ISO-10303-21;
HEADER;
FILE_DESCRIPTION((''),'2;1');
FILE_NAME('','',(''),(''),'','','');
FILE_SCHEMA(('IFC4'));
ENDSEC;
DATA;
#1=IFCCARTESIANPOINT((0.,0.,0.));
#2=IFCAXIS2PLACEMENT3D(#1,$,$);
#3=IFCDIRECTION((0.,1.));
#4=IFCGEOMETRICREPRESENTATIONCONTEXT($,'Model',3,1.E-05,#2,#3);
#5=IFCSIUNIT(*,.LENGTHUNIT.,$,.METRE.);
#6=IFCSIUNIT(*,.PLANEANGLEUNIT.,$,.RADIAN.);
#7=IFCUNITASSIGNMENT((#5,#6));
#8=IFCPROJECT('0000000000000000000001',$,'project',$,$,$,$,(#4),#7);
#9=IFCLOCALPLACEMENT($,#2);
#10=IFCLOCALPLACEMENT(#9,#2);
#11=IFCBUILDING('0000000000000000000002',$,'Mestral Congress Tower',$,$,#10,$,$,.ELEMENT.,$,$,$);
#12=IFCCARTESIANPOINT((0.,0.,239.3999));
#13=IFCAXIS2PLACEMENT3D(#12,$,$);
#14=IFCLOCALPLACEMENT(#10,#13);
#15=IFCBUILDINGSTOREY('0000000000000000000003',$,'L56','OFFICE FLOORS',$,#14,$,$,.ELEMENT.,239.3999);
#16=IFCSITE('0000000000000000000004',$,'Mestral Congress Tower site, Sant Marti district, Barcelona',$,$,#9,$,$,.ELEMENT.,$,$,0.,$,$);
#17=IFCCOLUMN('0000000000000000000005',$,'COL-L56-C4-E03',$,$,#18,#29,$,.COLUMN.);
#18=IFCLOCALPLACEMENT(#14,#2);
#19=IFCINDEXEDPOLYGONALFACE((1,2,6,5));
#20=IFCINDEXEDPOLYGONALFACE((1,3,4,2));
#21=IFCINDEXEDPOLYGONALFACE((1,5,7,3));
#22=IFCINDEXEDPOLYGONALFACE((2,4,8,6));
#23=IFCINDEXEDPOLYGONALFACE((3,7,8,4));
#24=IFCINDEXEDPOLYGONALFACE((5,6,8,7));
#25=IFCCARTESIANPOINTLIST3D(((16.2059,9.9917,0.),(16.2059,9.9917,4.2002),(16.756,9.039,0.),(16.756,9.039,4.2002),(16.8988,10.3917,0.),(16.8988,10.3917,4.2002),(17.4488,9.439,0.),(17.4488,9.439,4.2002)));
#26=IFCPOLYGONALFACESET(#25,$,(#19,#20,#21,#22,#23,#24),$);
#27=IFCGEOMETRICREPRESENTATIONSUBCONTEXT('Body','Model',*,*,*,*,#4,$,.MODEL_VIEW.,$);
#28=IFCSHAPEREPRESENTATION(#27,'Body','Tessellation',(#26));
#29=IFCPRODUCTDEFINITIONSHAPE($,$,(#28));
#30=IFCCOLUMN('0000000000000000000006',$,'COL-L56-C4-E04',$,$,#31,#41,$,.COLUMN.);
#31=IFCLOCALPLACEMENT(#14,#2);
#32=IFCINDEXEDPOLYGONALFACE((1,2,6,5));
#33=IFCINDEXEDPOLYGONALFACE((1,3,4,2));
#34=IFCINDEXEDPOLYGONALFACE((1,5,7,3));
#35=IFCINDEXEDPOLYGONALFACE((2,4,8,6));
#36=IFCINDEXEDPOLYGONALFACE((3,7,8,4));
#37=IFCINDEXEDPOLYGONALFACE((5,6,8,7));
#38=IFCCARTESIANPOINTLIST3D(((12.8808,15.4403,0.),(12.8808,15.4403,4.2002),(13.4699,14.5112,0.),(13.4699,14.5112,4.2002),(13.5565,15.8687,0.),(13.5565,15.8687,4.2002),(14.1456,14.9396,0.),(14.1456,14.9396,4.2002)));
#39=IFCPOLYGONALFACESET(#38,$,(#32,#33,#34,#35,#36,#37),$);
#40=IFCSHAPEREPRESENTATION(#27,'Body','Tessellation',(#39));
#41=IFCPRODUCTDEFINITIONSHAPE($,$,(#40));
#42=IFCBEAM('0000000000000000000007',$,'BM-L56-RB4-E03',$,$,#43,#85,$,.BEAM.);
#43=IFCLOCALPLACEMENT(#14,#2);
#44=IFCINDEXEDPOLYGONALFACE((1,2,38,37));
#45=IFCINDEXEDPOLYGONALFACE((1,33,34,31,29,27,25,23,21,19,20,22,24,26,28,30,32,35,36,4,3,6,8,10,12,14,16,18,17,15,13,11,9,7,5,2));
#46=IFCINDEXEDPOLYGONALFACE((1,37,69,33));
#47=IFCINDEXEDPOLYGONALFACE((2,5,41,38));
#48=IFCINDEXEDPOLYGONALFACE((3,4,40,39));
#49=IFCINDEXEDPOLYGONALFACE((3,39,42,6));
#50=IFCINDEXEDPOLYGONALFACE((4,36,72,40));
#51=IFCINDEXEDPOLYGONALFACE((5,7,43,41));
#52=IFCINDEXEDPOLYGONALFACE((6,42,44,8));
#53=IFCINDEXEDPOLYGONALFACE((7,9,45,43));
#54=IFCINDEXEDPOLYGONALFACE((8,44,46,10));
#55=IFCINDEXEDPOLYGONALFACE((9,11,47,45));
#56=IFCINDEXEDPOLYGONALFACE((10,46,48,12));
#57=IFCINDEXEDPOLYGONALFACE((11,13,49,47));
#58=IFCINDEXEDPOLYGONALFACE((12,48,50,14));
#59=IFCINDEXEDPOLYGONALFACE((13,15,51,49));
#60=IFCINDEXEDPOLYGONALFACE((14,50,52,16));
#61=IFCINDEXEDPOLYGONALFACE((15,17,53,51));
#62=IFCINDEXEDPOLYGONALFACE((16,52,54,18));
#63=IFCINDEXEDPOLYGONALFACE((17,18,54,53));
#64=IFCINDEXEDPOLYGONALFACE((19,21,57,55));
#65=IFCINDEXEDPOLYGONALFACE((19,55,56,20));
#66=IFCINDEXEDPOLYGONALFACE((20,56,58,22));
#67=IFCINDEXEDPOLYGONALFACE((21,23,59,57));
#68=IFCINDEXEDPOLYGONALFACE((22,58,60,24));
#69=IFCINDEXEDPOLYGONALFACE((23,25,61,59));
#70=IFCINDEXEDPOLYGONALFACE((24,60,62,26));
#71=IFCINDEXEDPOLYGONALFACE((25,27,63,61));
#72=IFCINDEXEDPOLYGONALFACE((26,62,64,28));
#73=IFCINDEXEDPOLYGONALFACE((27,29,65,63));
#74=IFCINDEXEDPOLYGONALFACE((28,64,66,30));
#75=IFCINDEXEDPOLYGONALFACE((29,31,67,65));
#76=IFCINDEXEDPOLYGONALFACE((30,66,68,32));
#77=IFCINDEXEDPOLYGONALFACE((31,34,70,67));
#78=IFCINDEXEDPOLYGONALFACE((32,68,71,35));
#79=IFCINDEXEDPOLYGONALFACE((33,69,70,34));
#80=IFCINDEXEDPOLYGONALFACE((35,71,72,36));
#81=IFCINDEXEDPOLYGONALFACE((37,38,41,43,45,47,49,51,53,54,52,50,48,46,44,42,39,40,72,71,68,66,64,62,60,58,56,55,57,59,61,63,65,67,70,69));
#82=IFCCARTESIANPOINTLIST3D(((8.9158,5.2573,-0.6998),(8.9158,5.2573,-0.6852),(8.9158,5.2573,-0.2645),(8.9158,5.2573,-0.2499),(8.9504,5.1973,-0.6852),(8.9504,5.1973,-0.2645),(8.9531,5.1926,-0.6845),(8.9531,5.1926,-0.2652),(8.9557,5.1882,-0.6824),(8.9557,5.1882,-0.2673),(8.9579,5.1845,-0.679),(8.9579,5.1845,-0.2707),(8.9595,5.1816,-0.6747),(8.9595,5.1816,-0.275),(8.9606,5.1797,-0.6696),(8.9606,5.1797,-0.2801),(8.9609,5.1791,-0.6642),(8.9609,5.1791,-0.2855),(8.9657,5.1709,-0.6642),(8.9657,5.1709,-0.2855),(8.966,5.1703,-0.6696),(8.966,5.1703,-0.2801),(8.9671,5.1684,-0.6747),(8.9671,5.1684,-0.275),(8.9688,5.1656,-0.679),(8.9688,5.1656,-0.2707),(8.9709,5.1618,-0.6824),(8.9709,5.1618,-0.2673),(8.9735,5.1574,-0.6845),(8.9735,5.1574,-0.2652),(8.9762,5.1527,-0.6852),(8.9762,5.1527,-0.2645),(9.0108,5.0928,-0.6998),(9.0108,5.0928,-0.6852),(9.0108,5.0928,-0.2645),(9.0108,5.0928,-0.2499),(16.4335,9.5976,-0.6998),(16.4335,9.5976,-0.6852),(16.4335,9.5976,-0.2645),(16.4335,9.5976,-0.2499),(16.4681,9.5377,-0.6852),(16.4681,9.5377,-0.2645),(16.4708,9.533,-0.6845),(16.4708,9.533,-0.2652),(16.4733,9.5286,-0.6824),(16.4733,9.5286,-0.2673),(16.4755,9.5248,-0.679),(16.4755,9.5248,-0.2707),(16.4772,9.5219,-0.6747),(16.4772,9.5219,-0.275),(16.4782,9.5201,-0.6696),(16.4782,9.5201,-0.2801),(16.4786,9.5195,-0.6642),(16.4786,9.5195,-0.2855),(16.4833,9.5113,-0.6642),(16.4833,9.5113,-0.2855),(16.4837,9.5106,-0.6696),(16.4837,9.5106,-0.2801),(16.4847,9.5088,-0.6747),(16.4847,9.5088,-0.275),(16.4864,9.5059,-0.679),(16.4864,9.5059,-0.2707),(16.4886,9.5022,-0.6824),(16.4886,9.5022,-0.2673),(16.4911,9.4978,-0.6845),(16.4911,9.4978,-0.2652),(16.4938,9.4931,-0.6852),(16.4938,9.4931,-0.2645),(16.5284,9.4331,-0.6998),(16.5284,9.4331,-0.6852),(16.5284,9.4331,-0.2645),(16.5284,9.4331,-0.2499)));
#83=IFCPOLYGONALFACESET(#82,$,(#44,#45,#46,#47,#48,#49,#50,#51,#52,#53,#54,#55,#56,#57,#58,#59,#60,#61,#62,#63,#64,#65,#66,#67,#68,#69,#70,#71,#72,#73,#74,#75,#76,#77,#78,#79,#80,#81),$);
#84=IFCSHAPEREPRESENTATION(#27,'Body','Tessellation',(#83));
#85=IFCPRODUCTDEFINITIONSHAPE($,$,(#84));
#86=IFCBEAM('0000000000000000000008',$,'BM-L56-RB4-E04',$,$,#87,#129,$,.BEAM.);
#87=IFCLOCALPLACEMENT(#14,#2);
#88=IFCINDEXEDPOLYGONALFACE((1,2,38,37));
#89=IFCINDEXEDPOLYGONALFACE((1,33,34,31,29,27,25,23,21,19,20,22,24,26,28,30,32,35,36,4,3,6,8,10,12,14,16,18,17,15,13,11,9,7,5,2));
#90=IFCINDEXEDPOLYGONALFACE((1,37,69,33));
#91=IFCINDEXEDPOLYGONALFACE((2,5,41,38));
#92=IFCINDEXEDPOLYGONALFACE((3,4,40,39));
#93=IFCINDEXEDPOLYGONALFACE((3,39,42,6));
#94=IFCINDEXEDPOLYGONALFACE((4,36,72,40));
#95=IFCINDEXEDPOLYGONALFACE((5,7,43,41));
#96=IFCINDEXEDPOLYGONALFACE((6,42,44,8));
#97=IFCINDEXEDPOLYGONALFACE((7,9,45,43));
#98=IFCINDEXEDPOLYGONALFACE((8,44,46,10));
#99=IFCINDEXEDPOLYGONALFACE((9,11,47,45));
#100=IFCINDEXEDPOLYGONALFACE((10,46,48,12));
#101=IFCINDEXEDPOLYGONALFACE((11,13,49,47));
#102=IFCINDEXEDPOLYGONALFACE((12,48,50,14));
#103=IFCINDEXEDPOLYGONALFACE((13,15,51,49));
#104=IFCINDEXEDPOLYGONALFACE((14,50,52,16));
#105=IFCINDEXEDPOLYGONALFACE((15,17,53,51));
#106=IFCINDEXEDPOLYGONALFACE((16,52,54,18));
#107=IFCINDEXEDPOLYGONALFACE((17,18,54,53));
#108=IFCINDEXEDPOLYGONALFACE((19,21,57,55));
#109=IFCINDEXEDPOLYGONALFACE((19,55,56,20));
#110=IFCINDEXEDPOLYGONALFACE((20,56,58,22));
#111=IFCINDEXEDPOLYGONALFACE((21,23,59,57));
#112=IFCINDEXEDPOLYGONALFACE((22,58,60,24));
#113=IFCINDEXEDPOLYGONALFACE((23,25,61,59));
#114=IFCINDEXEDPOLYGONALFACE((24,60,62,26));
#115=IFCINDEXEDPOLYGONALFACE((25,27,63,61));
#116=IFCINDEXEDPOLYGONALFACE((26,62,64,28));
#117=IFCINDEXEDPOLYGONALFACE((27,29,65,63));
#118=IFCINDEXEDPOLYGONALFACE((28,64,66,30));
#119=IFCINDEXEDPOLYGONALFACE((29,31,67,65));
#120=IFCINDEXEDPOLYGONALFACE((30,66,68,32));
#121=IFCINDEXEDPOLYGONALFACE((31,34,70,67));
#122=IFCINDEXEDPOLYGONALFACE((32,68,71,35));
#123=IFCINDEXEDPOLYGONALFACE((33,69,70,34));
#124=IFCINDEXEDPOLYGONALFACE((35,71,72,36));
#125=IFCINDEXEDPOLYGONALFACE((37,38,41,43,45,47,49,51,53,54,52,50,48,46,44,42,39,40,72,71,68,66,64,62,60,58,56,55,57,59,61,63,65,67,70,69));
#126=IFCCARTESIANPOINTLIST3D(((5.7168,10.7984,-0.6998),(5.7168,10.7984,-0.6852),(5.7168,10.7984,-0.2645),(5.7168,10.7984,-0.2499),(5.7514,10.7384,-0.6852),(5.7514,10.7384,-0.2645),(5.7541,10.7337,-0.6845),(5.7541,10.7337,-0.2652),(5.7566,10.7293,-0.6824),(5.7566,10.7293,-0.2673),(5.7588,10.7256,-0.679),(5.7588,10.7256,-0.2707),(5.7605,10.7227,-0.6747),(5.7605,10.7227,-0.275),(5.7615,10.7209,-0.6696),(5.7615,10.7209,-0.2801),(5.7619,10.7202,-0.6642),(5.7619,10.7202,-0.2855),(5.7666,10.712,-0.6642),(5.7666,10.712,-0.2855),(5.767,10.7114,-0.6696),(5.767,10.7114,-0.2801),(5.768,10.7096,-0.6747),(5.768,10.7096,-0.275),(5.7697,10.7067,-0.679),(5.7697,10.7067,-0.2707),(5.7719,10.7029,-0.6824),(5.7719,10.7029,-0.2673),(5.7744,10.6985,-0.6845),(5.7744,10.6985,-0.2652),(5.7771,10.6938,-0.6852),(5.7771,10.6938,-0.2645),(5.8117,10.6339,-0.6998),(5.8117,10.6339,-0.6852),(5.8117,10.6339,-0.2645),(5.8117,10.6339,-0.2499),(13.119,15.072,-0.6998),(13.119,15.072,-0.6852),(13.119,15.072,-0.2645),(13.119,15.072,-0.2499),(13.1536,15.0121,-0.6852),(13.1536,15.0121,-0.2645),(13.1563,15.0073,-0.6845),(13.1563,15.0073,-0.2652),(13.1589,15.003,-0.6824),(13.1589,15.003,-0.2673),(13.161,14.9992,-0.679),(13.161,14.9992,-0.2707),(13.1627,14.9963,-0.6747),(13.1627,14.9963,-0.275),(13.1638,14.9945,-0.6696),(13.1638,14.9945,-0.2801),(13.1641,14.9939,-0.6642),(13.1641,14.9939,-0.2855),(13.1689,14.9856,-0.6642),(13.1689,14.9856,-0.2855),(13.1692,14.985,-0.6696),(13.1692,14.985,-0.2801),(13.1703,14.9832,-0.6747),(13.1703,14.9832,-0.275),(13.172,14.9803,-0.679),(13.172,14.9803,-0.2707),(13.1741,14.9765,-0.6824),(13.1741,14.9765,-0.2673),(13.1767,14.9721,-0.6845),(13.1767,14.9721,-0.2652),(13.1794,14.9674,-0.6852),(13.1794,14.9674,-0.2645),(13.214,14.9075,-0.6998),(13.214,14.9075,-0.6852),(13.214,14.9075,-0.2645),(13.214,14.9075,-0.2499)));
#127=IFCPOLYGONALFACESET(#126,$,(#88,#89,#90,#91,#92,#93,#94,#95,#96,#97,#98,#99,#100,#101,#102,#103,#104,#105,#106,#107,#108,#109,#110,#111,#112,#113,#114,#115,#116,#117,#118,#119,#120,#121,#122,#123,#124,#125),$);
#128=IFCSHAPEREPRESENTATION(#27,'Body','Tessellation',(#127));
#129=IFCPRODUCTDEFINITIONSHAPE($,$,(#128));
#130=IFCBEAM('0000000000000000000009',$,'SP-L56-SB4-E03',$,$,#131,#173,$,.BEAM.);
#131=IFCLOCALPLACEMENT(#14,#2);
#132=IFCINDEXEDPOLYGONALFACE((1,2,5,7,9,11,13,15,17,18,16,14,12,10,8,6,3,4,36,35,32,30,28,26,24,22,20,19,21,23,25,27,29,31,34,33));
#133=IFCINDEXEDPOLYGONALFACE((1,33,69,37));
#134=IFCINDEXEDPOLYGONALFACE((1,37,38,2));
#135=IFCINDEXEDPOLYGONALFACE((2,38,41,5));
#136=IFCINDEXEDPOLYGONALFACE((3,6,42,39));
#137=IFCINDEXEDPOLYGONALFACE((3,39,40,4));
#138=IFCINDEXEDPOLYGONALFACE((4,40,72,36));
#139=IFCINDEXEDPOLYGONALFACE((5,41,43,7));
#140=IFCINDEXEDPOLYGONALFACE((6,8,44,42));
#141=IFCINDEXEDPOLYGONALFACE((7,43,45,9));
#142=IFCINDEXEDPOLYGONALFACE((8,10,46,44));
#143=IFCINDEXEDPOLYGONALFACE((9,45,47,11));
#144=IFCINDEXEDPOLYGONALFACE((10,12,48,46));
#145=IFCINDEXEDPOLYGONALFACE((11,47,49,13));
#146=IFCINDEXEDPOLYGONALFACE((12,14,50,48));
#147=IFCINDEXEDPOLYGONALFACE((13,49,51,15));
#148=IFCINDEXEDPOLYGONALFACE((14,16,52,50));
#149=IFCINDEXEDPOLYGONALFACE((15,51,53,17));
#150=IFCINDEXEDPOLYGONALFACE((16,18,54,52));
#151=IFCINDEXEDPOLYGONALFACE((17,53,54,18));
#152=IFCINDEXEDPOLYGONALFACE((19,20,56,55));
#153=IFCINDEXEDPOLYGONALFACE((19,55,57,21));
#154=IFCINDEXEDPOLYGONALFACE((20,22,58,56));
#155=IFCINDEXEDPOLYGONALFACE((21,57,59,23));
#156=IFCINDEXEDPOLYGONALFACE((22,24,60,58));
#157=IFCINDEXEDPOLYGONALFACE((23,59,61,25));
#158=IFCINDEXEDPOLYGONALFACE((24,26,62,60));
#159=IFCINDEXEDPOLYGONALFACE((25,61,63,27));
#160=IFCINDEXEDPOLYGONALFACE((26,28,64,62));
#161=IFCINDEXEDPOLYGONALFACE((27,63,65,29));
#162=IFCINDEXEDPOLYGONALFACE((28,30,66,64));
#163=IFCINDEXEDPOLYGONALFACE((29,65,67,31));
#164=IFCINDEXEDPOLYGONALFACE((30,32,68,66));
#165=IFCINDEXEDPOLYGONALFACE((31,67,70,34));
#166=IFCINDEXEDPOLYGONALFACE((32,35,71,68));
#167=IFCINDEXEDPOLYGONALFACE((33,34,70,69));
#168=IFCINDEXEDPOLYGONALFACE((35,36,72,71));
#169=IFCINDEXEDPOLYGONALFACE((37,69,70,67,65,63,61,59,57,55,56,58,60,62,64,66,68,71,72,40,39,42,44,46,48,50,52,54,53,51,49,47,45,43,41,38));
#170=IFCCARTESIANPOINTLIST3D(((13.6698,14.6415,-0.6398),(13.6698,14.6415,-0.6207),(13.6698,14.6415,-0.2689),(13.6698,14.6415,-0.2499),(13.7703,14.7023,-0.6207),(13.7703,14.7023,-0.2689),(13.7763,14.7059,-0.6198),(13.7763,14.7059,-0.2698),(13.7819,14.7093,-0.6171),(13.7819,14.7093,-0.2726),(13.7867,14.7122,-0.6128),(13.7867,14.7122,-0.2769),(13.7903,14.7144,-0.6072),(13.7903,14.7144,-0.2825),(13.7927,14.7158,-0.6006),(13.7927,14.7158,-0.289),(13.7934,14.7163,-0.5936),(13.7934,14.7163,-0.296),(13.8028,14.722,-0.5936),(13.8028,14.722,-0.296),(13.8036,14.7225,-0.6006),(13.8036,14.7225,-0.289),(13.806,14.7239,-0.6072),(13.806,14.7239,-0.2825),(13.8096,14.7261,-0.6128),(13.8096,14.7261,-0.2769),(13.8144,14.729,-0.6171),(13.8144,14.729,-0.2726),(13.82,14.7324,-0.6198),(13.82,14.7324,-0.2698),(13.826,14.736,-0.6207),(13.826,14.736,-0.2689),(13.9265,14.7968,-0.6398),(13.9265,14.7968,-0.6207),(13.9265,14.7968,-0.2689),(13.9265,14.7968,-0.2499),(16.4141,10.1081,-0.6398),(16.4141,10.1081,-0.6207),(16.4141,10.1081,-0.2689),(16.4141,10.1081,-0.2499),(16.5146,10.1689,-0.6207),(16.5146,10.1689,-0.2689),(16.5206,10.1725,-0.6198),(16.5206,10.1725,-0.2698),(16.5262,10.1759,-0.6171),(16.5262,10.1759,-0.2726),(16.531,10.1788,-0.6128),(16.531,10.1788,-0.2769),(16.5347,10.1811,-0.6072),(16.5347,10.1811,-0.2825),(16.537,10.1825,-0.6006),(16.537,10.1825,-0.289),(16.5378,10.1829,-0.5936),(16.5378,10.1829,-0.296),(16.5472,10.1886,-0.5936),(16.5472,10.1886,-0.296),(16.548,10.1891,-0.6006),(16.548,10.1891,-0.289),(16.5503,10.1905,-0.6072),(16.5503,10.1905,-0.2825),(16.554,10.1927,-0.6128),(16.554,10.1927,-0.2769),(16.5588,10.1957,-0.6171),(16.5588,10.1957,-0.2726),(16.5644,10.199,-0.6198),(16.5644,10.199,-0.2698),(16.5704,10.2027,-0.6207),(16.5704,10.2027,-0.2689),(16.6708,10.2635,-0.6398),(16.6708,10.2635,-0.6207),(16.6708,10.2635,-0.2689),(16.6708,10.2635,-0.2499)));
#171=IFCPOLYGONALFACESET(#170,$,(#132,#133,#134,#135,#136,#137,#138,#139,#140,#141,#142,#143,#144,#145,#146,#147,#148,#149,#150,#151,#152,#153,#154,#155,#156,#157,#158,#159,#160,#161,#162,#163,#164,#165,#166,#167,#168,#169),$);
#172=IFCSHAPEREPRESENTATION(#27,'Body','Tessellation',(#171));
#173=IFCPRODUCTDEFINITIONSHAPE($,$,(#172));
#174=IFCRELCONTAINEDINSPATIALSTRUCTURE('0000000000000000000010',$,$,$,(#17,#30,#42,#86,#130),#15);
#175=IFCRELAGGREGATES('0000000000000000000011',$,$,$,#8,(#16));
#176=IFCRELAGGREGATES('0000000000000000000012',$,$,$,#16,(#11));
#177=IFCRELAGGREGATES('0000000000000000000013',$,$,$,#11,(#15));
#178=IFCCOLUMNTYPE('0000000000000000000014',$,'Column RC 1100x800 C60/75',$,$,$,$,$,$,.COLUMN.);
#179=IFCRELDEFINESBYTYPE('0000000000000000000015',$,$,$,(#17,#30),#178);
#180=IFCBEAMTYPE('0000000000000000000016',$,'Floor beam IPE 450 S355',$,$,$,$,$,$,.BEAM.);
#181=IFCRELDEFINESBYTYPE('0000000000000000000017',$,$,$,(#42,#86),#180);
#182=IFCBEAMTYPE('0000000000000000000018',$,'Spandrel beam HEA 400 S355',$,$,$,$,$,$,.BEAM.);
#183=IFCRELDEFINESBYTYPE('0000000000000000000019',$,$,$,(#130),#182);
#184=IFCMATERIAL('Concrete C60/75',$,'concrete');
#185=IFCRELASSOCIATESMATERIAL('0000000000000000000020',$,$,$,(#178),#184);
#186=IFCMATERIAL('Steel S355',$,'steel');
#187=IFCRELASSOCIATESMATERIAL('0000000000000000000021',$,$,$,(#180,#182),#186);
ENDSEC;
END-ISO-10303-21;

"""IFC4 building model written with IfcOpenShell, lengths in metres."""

from ifc_helpers import new_model, si_unit, direction, frame, origin, origin_2d, place, context, subcontext, project, spatial, rectangle, i_section, extrude, material, material_profile, profile_set, type_object, element, save


model = new_model("IFC4")

# Units and contexts
model_context = context("Model", 3, precision=1e-05, world=origin(), true_north=direction((0.0, 1.0)))
body_context = subcontext(model_context, "Body", "Model", "MODEL_VIEW")
ifc_project = project(units=[si_unit("LENGTHUNIT", "METRE"), si_unit("PLANEANGLEUNIT", "RADIAN")], contexts=[model_context])

# Site, building, storey
site_placement = place(None, origin())
site = spatial("IfcSite", under=ifc_project, at=site_placement, Name="Mestral Congress Tower site, Sant Marti district, Barcelona", CompositionType="ELEMENT", RefElevation=0.0)
building_placement = place(site_placement, origin())
building = spatial("IfcBuilding", under=site, at=building_placement, Name="Mestral Congress Tower", CompositionType="ELEMENT")
storey_placement = place(building_placement, frame((0.0, 0.0, 239.3999)))
storey = spatial("IfcBuildingStorey", under=building, at=storey_placement, Name="L56", Description="OFFICE FLOORS", CompositionType="ELEMENT", Elevation=239.3999)

# Columns
ifc_material_1 = material(Name="Concrete C60/75", Category="concrete")
ifc_material_profile_1 = material_profile(ifc_material_1, rectangle(XDim=1.1001, YDim=0.8, at=origin_2d()), Name="RC 1100x800")
ifc_profile_set_1 = profile_set([ifc_material_profile_1], Name="Concrete C60/75")
column_type = type_object("IfcColumnType", Name="Column RC 1100x800 C60/75", PredefinedType="COLUMN", material=ifc_profile_set_1)
for number, where, z_axis, x_axis, name in (
    (1, (16.8274, 9.7153, 0.0), (0.0, 0.0, 1.0), (-0.5, 0.866025, 0.0), "COL-L56-C4-E03"),
    (2, (13.5132, 15.1899, 0.0), (0.0, 0.0, 1.0), (-0.535503, 0.844534, 0.0), "COL-L56-C4-E04"),
):
    element("IfcColumn", number, at=place(storey_placement, frame(where, z_axis=z_axis, x_axis=x_axis)), inside=storey, type_object=column_type, Name=name, PredefinedType="COLUMN", context=body_context, shape_type="SweptSolid", body=[
        extrude(rectangle(XDim=1.1001, YDim=0.8, at=origin_2d()), origin(), (0.0, 0.0, 1.0), 4.2002),
    ])

# Beams
ifc_material_2 = material(Name="Steel S355", Category="steel")
ifc_material_profile_2 = material_profile(ifc_material_2, i_section(OverallWidth=0.1899, OverallDepth=0.45, WebThickness=0.0095, FlangeThickness=0.0146, FilletRadius=0.021, at=origin_2d()), Name="IPE 450")
ifc_profile_set_2 = profile_set([ifc_material_profile_2], Name="Steel S355")
beam_type_1 = type_object("IfcBeamType", Name="Floor beam IPE 450 S355", PredefinedType="BEAM", material=ifc_profile_set_2)
beam_1_placement = place(storey_placement, frame((16.481, 9.5154, -0.4749), z_axis=(-0.866023, -0.500005, 0.0), x_axis=(0.500005, -0.866023, 0.0)))
element("IfcBeam", 3, at=beam_1_placement, inside=storey, type_object=beam_type_1, Name="BM-L56-RB4-E03", PredefinedType="BEAM", context=body_context, shape_type="SweptSolid", body=[
    extrude(i_section(OverallWidth=0.1899, OverallDepth=0.45, WebThickness=0.0095, FlangeThickness=0.0146, FilletRadius=0.021, at=origin_2d()), origin(), (0.0, 0.0, 1.0), 8.6807),
])
beam_2_placement = place(storey_placement, frame((13.1665, 14.9897, -0.4749), z_axis=(-0.866029, -0.499994, 0.0), x_axis=(0.499994, -0.866029, 0.0)))
element("IfcBeam", 4, at=beam_2_placement, inside=storey, type_object=beam_type_1, Name="BM-L56-RB4-E04", PredefinedType="BEAM", context=body_context, shape_type="SweptSolid", body=[
    extrude(i_section(OverallWidth=0.1899, OverallDepth=0.45, WebThickness=0.0095, FlangeThickness=0.0146, FilletRadius=0.021, at=origin_2d()), origin(), (0.0, 0.0, 1.0), 8.5474),
])
ifc_material_profile_3 = material_profile(ifc_material_2, i_section(OverallWidth=0.3, OverallDepth=0.3899, WebThickness=0.011, FlangeThickness=0.019, FilletRadius=0.0271, at=origin_2d()), Name="HEA 400")
ifc_profile_set_3 = profile_set([ifc_material_profile_3], Name="Steel S355")
beam_type_2 = type_object("IfcBeamType", Name="Spandrel beam HEA 400 S355", PredefinedType="BEAM", material=ifc_profile_set_3)
for number, where, z_axis, x_axis, name in (
    (5, (16.5425, 10.1858, -0.4448), (-0.517866, 0.855462, 0.0), (-0.855462, -0.517866, 0.0), "SP-L56-SB4-E03"),
):
    element("IfcBeam", number, at=place(storey_placement, frame(where, z_axis=z_axis, x_axis=x_axis)), inside=storey, type_object=beam_type_2, Name=name, PredefinedType="BEAM", context=body_context, shape_type="SweptSolid", body=[
        extrude(i_section(OverallWidth=0.3, OverallDepth=0.3899, WebThickness=0.011, FlangeThickness=0.019, FilletRadius=0.0271, at=origin_2d()), origin(), (0.0, 0.0, 1.0), 5.2993),
    ])

save(model, "model.ifc")
